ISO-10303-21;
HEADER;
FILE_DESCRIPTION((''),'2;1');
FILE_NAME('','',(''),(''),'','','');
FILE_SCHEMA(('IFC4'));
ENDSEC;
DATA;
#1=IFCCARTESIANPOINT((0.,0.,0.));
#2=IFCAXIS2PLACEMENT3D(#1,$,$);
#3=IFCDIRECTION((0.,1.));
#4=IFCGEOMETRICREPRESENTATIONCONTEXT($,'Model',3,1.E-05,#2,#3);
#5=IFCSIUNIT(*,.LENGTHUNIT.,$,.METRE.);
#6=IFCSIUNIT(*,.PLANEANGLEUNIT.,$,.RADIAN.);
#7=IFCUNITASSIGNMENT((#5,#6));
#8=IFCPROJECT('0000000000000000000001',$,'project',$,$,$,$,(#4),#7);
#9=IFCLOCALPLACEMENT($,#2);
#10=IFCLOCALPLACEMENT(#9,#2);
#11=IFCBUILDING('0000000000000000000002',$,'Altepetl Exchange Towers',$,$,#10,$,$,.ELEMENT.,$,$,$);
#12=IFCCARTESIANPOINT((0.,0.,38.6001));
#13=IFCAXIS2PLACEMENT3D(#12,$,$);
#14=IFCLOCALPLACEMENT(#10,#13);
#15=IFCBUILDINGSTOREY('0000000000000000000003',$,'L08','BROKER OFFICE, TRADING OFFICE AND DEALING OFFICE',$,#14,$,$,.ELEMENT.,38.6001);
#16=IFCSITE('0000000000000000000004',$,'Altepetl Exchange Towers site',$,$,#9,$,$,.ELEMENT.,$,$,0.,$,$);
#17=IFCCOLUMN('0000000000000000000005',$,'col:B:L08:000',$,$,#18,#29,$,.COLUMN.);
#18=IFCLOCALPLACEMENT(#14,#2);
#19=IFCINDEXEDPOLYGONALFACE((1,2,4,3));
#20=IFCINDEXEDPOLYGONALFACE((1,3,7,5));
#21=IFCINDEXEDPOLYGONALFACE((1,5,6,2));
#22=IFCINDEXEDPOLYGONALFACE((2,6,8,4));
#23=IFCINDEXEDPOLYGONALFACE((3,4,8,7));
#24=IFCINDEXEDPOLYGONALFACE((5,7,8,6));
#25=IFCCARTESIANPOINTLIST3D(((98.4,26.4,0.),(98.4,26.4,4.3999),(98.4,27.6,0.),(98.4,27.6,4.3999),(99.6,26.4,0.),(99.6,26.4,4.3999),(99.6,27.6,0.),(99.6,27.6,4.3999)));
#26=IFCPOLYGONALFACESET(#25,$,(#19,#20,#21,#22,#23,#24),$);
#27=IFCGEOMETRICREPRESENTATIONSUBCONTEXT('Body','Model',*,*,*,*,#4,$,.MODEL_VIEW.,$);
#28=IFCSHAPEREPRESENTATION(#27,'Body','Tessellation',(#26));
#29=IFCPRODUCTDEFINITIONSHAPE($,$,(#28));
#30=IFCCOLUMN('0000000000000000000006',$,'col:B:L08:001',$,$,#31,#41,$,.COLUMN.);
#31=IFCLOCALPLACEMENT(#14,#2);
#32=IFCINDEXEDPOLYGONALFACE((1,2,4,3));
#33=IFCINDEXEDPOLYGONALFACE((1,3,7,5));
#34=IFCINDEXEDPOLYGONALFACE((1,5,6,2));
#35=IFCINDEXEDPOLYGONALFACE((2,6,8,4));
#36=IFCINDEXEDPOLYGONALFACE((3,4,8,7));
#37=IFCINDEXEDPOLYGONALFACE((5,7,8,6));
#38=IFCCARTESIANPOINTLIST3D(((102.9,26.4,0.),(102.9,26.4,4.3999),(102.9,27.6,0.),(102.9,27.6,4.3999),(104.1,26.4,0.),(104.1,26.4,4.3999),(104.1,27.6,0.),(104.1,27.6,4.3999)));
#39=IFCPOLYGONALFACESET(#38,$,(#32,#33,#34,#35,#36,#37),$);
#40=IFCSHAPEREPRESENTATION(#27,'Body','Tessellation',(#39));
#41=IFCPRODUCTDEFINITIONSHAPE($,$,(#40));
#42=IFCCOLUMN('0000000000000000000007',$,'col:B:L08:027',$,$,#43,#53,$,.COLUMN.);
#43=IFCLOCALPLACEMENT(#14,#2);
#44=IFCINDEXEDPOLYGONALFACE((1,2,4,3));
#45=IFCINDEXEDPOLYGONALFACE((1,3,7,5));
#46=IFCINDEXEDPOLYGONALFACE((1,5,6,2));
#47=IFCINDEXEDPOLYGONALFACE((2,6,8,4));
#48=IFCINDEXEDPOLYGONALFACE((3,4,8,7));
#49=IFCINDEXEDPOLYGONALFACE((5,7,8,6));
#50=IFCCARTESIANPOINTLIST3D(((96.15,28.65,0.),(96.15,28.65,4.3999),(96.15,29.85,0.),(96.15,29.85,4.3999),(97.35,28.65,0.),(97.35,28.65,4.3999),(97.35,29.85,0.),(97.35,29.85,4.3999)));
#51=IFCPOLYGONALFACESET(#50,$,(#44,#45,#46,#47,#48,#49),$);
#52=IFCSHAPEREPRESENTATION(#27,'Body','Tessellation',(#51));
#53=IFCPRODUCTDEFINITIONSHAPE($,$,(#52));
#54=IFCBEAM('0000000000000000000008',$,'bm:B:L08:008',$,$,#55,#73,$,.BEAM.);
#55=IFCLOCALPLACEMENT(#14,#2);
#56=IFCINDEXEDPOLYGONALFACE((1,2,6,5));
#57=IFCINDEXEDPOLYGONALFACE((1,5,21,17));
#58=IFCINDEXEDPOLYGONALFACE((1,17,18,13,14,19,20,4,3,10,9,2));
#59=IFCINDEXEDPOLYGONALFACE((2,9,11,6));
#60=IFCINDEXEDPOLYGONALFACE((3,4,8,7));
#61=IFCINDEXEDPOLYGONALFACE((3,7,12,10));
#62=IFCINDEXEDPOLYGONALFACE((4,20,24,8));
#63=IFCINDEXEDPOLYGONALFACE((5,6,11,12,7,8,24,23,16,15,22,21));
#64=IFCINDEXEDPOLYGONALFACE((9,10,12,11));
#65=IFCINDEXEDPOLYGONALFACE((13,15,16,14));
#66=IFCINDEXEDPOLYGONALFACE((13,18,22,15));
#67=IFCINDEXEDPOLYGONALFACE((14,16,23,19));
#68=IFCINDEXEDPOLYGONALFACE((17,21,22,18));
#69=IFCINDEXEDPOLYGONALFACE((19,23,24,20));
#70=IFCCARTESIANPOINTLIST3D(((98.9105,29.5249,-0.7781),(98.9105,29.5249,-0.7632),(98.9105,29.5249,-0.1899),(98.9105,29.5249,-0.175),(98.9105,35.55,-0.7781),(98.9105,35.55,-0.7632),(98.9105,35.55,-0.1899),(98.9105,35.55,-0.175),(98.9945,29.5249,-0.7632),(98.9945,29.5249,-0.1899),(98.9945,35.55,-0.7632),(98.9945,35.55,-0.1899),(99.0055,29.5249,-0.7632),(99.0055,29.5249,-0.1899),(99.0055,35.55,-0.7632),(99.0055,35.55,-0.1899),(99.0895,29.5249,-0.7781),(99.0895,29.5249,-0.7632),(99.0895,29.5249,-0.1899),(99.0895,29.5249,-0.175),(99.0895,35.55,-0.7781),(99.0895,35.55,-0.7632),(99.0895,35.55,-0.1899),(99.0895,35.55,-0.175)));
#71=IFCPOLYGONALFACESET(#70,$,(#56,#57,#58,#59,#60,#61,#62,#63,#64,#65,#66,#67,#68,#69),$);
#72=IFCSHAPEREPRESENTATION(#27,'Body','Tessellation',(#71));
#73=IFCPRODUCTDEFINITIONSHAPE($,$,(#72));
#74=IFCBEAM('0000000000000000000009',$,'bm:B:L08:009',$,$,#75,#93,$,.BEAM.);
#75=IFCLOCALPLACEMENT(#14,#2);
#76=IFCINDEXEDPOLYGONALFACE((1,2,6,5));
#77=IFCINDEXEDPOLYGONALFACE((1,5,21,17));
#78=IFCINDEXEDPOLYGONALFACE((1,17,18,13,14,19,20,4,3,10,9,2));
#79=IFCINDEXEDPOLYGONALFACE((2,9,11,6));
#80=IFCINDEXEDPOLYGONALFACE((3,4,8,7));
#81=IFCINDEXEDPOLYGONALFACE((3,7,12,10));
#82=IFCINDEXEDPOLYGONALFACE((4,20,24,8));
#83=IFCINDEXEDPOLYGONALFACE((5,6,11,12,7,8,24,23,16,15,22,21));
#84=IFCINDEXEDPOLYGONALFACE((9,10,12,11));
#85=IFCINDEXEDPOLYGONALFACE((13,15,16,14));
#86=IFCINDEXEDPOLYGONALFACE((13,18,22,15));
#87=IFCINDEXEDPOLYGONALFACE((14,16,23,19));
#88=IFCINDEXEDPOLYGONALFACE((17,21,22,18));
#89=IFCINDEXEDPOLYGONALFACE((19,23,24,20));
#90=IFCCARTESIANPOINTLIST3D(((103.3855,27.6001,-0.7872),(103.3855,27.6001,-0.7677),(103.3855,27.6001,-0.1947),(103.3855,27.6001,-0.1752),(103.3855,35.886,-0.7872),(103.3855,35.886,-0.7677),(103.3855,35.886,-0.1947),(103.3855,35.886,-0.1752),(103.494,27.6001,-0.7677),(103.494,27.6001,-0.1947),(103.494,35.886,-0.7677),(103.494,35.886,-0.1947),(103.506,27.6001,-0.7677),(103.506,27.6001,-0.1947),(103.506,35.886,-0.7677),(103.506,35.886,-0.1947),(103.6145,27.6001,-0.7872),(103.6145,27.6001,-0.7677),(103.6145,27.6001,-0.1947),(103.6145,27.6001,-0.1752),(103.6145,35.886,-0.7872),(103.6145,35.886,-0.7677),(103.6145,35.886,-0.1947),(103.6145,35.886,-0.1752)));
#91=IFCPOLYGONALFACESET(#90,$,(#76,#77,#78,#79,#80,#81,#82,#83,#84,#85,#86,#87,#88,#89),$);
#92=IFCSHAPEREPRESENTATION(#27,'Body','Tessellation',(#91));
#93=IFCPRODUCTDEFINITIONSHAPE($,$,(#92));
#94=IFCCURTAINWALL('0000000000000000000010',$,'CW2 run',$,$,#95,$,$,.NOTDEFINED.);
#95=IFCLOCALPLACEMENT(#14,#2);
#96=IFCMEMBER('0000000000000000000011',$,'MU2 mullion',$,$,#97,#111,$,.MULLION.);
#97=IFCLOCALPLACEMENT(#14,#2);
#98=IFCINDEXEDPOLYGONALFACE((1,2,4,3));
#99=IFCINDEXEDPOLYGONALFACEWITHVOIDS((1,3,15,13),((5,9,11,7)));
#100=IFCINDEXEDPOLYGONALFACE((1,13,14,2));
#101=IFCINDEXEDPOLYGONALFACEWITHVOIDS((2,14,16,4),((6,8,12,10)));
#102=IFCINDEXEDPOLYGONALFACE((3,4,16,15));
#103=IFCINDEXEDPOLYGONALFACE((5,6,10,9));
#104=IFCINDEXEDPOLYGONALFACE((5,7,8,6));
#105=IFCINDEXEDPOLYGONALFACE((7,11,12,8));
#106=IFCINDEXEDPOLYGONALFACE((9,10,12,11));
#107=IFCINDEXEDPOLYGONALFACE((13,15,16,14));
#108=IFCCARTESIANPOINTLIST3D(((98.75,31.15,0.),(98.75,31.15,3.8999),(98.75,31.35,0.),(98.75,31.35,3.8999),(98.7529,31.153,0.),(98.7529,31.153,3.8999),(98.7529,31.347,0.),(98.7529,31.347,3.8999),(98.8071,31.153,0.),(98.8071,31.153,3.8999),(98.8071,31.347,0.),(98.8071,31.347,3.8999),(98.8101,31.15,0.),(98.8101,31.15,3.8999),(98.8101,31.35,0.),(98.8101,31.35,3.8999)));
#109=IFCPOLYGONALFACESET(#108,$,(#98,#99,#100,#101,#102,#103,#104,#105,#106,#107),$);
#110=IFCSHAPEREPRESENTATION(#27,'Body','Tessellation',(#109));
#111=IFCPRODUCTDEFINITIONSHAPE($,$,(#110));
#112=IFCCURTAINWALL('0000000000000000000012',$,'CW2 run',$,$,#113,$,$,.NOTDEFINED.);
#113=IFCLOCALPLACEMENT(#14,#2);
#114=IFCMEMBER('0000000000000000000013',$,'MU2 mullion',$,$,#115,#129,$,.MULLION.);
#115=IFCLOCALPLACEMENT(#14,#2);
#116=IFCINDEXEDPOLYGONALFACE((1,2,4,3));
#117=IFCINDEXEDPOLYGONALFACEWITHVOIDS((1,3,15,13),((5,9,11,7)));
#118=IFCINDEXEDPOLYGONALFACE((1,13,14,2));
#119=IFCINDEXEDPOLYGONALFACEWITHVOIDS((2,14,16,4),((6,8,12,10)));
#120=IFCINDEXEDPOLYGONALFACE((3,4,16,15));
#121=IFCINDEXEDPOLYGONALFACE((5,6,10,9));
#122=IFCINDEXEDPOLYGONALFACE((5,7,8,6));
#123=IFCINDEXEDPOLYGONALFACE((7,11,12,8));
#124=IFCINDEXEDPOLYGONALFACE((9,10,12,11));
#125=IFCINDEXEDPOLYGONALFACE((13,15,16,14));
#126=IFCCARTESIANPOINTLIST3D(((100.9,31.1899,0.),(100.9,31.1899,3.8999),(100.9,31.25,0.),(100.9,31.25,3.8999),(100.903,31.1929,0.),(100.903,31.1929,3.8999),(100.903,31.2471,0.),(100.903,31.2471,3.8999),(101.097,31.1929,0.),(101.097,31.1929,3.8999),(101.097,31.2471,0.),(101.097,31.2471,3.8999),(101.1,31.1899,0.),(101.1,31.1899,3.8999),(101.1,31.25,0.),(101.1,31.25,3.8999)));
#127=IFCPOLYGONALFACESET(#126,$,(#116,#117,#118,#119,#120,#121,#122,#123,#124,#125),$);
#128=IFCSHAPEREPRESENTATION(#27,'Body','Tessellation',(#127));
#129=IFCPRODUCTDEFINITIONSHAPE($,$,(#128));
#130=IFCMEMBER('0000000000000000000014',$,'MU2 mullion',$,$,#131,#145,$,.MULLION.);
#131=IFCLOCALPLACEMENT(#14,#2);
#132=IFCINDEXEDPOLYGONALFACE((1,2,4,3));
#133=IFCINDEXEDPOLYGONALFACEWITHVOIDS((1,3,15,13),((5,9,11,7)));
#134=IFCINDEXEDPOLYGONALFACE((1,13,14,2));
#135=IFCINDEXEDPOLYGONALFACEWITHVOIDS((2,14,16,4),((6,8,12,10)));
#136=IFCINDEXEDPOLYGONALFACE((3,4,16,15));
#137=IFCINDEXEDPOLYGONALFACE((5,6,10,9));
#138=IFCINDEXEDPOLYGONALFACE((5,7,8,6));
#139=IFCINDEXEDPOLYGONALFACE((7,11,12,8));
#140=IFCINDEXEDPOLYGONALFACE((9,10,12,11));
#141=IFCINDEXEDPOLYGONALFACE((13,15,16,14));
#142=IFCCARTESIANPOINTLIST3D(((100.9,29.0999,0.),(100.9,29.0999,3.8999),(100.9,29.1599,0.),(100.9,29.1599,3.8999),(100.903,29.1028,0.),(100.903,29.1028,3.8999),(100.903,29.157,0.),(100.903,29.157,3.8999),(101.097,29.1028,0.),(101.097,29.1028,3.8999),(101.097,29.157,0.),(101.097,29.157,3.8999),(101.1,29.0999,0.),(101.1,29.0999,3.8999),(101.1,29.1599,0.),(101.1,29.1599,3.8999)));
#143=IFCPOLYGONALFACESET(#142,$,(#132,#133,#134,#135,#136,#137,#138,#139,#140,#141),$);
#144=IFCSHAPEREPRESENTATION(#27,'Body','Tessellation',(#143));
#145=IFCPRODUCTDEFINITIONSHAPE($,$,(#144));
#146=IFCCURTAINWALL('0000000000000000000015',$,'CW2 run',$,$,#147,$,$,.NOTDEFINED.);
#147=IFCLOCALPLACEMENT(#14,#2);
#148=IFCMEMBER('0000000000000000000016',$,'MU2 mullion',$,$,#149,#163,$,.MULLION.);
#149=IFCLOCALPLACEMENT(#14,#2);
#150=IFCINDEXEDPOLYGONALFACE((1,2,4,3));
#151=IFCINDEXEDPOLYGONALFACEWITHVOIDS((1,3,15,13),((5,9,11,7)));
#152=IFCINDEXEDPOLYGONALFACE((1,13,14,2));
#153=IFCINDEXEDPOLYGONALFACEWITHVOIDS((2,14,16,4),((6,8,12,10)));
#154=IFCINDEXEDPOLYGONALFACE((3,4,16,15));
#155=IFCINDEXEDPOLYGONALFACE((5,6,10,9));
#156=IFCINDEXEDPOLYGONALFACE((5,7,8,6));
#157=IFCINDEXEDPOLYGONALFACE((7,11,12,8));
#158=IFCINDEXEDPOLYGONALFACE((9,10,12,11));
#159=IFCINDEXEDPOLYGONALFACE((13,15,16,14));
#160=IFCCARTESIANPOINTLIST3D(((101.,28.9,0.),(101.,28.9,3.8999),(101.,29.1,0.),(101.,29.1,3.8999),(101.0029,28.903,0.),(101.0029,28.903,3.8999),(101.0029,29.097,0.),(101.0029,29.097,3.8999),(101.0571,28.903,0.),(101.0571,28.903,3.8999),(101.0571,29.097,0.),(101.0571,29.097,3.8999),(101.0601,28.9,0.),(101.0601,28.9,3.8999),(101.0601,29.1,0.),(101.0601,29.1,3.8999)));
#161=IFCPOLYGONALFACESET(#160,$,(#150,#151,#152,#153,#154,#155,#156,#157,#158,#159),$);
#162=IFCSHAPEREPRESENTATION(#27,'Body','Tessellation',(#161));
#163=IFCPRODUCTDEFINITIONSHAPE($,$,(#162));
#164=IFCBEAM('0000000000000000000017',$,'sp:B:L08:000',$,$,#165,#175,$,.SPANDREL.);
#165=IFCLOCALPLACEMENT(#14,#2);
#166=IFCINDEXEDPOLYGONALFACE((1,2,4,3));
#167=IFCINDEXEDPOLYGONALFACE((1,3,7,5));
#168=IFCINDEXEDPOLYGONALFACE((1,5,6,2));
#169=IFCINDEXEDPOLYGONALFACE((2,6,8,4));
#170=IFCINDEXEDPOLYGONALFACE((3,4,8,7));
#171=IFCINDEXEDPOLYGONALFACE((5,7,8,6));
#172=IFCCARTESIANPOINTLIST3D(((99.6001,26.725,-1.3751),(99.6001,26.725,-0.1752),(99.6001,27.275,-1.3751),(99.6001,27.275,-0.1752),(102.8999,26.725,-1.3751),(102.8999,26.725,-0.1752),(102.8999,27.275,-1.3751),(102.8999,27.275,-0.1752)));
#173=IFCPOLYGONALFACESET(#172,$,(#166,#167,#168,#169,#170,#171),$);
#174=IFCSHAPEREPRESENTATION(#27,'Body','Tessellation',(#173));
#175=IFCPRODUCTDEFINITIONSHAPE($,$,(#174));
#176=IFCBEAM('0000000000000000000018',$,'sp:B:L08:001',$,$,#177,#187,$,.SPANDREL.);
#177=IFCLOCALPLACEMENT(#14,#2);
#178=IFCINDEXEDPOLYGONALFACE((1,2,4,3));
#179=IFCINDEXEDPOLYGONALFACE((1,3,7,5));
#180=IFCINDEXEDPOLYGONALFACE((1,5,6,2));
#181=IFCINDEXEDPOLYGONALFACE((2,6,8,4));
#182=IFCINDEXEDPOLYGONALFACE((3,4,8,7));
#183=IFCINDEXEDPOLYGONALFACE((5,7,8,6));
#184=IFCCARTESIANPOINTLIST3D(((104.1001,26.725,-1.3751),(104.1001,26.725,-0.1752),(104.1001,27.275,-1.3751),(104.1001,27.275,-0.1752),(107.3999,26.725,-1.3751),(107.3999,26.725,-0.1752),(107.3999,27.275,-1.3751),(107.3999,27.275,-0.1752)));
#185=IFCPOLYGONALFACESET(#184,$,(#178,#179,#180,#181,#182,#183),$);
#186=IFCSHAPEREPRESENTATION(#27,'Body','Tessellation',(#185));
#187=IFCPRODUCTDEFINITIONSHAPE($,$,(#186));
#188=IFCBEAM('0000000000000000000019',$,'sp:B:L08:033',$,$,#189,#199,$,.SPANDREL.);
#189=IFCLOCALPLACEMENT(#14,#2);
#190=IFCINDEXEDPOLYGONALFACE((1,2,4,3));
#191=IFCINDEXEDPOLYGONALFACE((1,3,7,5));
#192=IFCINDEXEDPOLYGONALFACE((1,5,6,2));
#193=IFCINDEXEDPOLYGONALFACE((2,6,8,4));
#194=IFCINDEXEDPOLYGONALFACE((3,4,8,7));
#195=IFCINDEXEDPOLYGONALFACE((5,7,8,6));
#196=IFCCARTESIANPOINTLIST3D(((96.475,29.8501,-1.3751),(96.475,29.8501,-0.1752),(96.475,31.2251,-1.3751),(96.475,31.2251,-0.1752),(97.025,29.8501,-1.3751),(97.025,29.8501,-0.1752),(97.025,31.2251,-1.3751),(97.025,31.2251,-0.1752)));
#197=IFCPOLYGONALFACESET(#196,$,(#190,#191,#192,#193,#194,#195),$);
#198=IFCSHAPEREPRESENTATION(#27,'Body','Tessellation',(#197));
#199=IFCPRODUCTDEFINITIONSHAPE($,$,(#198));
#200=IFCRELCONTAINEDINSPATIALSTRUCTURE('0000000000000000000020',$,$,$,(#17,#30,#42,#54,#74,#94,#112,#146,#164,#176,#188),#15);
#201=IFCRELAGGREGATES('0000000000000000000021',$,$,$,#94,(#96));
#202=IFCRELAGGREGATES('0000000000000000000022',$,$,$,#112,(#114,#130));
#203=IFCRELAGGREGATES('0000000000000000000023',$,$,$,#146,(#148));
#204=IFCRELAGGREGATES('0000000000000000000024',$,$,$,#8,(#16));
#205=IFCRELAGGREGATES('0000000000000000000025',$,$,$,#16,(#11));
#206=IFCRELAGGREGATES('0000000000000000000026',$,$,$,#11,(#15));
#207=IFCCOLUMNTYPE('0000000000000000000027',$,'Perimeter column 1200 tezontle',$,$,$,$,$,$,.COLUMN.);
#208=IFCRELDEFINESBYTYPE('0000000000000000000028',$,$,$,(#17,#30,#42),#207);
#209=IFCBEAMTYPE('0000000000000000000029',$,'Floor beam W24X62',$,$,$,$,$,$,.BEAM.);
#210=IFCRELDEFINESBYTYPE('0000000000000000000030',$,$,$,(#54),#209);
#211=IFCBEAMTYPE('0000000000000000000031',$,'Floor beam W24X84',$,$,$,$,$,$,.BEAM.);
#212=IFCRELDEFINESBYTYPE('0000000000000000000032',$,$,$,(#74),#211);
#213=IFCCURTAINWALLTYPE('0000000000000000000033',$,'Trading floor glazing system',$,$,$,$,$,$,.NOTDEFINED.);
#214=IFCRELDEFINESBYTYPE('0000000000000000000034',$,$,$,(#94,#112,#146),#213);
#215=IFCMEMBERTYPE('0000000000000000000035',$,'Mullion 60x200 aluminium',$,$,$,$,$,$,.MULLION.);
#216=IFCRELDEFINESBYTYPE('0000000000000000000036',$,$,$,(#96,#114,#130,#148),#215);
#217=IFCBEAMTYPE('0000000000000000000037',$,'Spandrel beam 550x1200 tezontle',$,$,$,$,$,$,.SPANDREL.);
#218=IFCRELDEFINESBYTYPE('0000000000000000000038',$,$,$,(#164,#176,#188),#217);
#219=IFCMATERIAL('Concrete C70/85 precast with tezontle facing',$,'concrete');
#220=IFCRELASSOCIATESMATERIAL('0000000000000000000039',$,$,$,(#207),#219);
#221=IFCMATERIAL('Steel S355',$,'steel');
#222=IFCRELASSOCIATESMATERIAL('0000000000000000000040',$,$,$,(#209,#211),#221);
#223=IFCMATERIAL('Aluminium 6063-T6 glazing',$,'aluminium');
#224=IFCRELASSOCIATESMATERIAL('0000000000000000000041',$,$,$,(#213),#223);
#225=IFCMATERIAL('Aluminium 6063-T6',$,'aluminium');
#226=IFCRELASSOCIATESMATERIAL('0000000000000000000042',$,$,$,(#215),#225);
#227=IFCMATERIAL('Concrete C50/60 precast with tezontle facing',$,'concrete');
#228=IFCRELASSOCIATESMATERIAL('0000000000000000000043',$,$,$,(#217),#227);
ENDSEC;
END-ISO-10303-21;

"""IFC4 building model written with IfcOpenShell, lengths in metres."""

from ifc_helpers import new_model, si_unit, direction, frame, origin, origin_2d, place, context, subcontext, project, spatial, rectangle, hollow_rectangle, i_section, extrude, material, material_profile, profile_set, type_object, element, aggregate, save


model = new_model("IFC4")

# Units and contexts
model_context = context("Model", 3, precision=1e-05, world=origin(), true_north=direction((0.0, 1.0)))
body_context = subcontext(model_context, "Body", "Model", "MODEL_VIEW")
ifc_project = project(units=[si_unit("LENGTHUNIT", "METRE"), si_unit("PLANEANGLEUNIT", "RADIAN")], contexts=[model_context])

# Site, building, storey
site_placement = place(None, origin())
site = spatial("IfcSite", under=ifc_project, at=site_placement, Name="Altepetl Exchange Towers site", CompositionType="ELEMENT", RefElevation=0.0)
building_placement = place(site_placement, origin())
building = spatial("IfcBuilding", under=site, at=building_placement, Name="Altepetl Exchange Towers", CompositionType="ELEMENT")
storey_placement = place(building_placement, frame((0.0, 0.0, 38.6001)))
storey = spatial("IfcBuildingStorey", under=building, at=storey_placement, Name="L08", Description="BROKER OFFICE, TRADING OFFICE AND DEALING OFFICE", CompositionType="ELEMENT", Elevation=38.6001)

# Columns
ifc_material_1 = material(Name="Concrete C70/85 precast with tezontle facing", Category="concrete")
ifc_material_profile_1 = material_profile(ifc_material_1, rectangle(XDim=1.2, YDim=1.2, at=origin_2d()), Name="1200 x 1200")
ifc_profile_set_1 = profile_set([ifc_material_profile_1], Name="Concrete C70/85 precast with tezontle facing")
column_type = type_object("IfcColumnType", Name="Perimeter column 1200 tezontle", PredefinedType="COLUMN", material=ifc_profile_set_1)
for number, where, name in (
    (1, (99.0, 27.0, 0.0), "col:B:L08:000"),
    (2, (103.5, 27.0, 0.0), "col:B:L08:001"),
    (3, (96.75, 29.25, 0.0), "col:B:L08:027"),
):
    element("IfcColumn", number, at=place(storey_placement, frame(where)), inside=storey, type_object=column_type, Name=name, PredefinedType="COLUMN", context=body_context, shape_type="SweptSolid", body=[
        extrude(rectangle(XDim=1.2, YDim=1.2, at=origin_2d()), origin(), (0.0, 0.0, 1.0), 4.3999),
    ])

# Beams
ifc_material_2 = material(Name="Steel S355", Category="steel")
ifc_material_profile_2 = material_profile(ifc_material_2, i_section(OverallWidth=0.179, OverallDepth=0.603, WebThickness=0.011, FlangeThickness=0.0149, at=origin_2d()), Name="W24X62")
ifc_profile_set_2 = profile_set([ifc_material_profile_2], Name="Steel S355")
beam_type_1 = type_object("IfcBeamType", Name="Floor beam W24X62", PredefinedType="BEAM", material=ifc_profile_set_2)
beam_1_placement = place(storey_placement, frame((99.0, 29.5249, -0.4766), z_axis=(0.0, 1.0, 0.0), x_axis=(-1.0, 0.0, 0.0)))
element("IfcBeam", 4, at=beam_1_placement, inside=storey, type_object=beam_type_1, Name="bm:B:L08:008", PredefinedType="BEAM", context=body_context, shape_type="SweptSolid", body=[
    extrude(i_section(OverallWidth=0.179, OverallDepth=0.603, WebThickness=0.011, FlangeThickness=0.0149, at=origin_2d()), origin(), (0.0, 0.0, 1.0), 6.0251),
])
ifc_material_profile_3 = material_profile(ifc_material_2, i_section(OverallWidth=0.229, OverallDepth=0.6121, WebThickness=0.012, FlangeThickness=0.0195, at=origin_2d()), Name="W24X84")
ifc_profile_set_3 = profile_set([ifc_material_profile_3], Name="Steel S355")
beam_type_2 = type_object("IfcBeamType", Name="Floor beam W24X84", PredefinedType="BEAM", material=ifc_profile_set_3)
beam_2_placement = place(storey_placement, frame((103.5, 27.6001, -0.4812), z_axis=(0.0, 1.0, 0.0), x_axis=(-1.0, 0.0, 0.0)))
element("IfcBeam", 5, at=beam_2_placement, inside=storey, type_object=beam_type_2, Name="bm:B:L08:009", PredefinedType="BEAM", context=body_context, shape_type="SweptSolid", body=[
    extrude(i_section(OverallWidth=0.229, OverallDepth=0.6121, WebThickness=0.012, FlangeThickness=0.0195, at=origin_2d()), origin(), (0.0, 0.0, 1.0), 8.2859),
])

# Curtain wall, member
ifc_material_3 = material(Name="Aluminium 6063-T6 glazing", Category="aluminium")
curtain_wall_type = type_object("IfcCurtainWallType", Name="Trading floor glazing system", PredefinedType="NOTDEFINED", material=ifc_material_3)
curtain_wall_1_placement = place(storey_placement, origin())
curtain_wall_1 = element("IfcCurtainWall", 6, at=curtain_wall_1_placement, inside=storey, type_object=curtain_wall_type, Name="CW2 run", PredefinedType="NOTDEFINED")
ifc_material_4 = material(Name="Aluminium 6063-T6", Category="aluminium")
ifc_material_profile_4 = material_profile(ifc_material_4, hollow_rectangle(XDim=0.0601, YDim=0.2, WallThickness=0.0029, at=origin_2d()), Name="Mullion 60x200 aluminium")
ifc_profile_set_4 = profile_set([ifc_material_profile_4], Name="Aluminium 6063-T6")
member_type = type_object("IfcMemberType", Name="Mullion 60x200 aluminium", PredefinedType="MULLION", material=ifc_profile_set_4)
member_1_placement = place(storey_placement, frame((98.78, 31.25, 0.0)))
member_1 = element("IfcMember", 7, at=member_1_placement, type_object=member_type, Name="MU2 mullion", PredefinedType="MULLION", context=body_context, shape_type="SweptSolid", body=[
    extrude(hollow_rectangle(XDim=0.0601, YDim=0.2, WallThickness=0.0029, at=origin_2d()), origin(), (0.0, 0.0, 1.0), 3.8999),
])
aggregate(curtain_wall_1, [member_1])

# Curtain wall, members
curtain_wall_2_placement = place(storey_placement, origin())
curtain_wall_2 = element("IfcCurtainWall", 8, at=curtain_wall_2_placement, inside=storey, type_object=curtain_wall_type, Name="CW2 run", PredefinedType="NOTDEFINED")
member_2_placement = place(storey_placement, frame((101.0, 31.22, 0.0), z_axis=(0.0, 0.0, 1.0), x_axis=(0.0, -1.0, 0.0)))
member_2 = element("IfcMember", 9, at=member_2_placement, type_object=member_type, Name="MU2 mullion", PredefinedType="MULLION", context=body_context, shape_type="SweptSolid", body=[
    extrude(hollow_rectangle(XDim=0.0601, YDim=0.2, WallThickness=0.0029, at=origin_2d()), origin(), (0.0, 0.0, 1.0), 3.8999),
])
member_3_placement = place(storey_placement, frame((101.0, 29.1299, 0.0), z_axis=(0.0, 0.0, 1.0), x_axis=(0.0, -1.0, 0.0)))
member_3 = element("IfcMember", 10, at=member_3_placement, type_object=member_type, Name="MU2 mullion", PredefinedType="MULLION", context=body_context, shape_type="SweptSolid", body=[
    extrude(hollow_rectangle(XDim=0.0601, YDim=0.2, WallThickness=0.0029, at=origin_2d()), origin(), (0.0, 0.0, 1.0), 3.8999),
])

# Curtain wall, member
curtain_wall_3_placement = place(storey_placement, origin())
curtain_wall_3 = element("IfcCurtainWall", 11, at=curtain_wall_3_placement, inside=storey, type_object=curtain_wall_type, Name="CW2 run", PredefinedType="NOTDEFINED")
member_4_placement = place(storey_placement, frame((101.03, 29.0, 0.0)))
member_4 = element("IfcMember", 12, at=member_4_placement, type_object=member_type, Name="MU2 mullion", PredefinedType="MULLION", context=body_context, shape_type="SweptSolid", body=[
    extrude(hollow_rectangle(XDim=0.0601, YDim=0.2, WallThickness=0.0029, at=origin_2d()), origin(), (0.0, 0.0, 1.0), 3.8999),
])

# Beams
ifc_material_5 = material(Name="Concrete C50/60 precast with tezontle facing", Category="concrete")
ifc_material_profile_5 = material_profile(ifc_material_5, rectangle(XDim=0.55, YDim=1.2, at=origin_2d()), Name="550 x 1200")
ifc_profile_set_5 = profile_set([ifc_material_profile_5], Name="Concrete C50/60 precast with tezontle facing")
beam_type_3 = type_object("IfcBeamType", Name="Spandrel beam 550x1200 tezontle", PredefinedType="SPANDREL", material=ifc_profile_set_5)
for number, where, z_axis, x_axis, name in (
    (13, (99.6001, 27.0, -0.7751), (1.0, 0.0, 0.0), (0.0, 1.0, 0.0), "sp:B:L08:000"),
    (14, (104.1001, 27.0, -0.7751), (1.0, 0.0, 0.0), (0.0, 1.0, 0.0), "sp:B:L08:001"),
):
    element("IfcBeam", number, at=place(storey_placement, frame(where, z_axis=z_axis, x_axis=x_axis)), inside=storey, type_object=beam_type_3, Name=name, PredefinedType="SPANDREL", context=body_context, shape_type="SweptSolid", body=[
        extrude(rectangle(XDim=0.55, YDim=1.2, at=origin_2d()), origin(), (0.0, 0.0, 1.0), 3.2998),
    ])
beam_3_placement = place(storey_placement, frame((96.75, 31.2251, -0.7751), z_axis=(0.0, -1.0, 0.0), x_axis=(1.0, 0.0, 0.0)))
element("IfcBeam", 15, at=beam_3_placement, inside=storey, type_object=beam_type_3, Name="sp:B:L08:033", PredefinedType="SPANDREL", context=body_context, shape_type="SweptSolid", body=[
    extrude(rectangle(XDim=0.55, YDim=1.2, at=origin_2d()), origin(), (0.0, 0.0, 1.0), 1.375),
])

aggregate(curtain_wall_2, [member_2, member_3])
aggregate(curtain_wall_3, [member_4])

save(model, "model.ifc")
